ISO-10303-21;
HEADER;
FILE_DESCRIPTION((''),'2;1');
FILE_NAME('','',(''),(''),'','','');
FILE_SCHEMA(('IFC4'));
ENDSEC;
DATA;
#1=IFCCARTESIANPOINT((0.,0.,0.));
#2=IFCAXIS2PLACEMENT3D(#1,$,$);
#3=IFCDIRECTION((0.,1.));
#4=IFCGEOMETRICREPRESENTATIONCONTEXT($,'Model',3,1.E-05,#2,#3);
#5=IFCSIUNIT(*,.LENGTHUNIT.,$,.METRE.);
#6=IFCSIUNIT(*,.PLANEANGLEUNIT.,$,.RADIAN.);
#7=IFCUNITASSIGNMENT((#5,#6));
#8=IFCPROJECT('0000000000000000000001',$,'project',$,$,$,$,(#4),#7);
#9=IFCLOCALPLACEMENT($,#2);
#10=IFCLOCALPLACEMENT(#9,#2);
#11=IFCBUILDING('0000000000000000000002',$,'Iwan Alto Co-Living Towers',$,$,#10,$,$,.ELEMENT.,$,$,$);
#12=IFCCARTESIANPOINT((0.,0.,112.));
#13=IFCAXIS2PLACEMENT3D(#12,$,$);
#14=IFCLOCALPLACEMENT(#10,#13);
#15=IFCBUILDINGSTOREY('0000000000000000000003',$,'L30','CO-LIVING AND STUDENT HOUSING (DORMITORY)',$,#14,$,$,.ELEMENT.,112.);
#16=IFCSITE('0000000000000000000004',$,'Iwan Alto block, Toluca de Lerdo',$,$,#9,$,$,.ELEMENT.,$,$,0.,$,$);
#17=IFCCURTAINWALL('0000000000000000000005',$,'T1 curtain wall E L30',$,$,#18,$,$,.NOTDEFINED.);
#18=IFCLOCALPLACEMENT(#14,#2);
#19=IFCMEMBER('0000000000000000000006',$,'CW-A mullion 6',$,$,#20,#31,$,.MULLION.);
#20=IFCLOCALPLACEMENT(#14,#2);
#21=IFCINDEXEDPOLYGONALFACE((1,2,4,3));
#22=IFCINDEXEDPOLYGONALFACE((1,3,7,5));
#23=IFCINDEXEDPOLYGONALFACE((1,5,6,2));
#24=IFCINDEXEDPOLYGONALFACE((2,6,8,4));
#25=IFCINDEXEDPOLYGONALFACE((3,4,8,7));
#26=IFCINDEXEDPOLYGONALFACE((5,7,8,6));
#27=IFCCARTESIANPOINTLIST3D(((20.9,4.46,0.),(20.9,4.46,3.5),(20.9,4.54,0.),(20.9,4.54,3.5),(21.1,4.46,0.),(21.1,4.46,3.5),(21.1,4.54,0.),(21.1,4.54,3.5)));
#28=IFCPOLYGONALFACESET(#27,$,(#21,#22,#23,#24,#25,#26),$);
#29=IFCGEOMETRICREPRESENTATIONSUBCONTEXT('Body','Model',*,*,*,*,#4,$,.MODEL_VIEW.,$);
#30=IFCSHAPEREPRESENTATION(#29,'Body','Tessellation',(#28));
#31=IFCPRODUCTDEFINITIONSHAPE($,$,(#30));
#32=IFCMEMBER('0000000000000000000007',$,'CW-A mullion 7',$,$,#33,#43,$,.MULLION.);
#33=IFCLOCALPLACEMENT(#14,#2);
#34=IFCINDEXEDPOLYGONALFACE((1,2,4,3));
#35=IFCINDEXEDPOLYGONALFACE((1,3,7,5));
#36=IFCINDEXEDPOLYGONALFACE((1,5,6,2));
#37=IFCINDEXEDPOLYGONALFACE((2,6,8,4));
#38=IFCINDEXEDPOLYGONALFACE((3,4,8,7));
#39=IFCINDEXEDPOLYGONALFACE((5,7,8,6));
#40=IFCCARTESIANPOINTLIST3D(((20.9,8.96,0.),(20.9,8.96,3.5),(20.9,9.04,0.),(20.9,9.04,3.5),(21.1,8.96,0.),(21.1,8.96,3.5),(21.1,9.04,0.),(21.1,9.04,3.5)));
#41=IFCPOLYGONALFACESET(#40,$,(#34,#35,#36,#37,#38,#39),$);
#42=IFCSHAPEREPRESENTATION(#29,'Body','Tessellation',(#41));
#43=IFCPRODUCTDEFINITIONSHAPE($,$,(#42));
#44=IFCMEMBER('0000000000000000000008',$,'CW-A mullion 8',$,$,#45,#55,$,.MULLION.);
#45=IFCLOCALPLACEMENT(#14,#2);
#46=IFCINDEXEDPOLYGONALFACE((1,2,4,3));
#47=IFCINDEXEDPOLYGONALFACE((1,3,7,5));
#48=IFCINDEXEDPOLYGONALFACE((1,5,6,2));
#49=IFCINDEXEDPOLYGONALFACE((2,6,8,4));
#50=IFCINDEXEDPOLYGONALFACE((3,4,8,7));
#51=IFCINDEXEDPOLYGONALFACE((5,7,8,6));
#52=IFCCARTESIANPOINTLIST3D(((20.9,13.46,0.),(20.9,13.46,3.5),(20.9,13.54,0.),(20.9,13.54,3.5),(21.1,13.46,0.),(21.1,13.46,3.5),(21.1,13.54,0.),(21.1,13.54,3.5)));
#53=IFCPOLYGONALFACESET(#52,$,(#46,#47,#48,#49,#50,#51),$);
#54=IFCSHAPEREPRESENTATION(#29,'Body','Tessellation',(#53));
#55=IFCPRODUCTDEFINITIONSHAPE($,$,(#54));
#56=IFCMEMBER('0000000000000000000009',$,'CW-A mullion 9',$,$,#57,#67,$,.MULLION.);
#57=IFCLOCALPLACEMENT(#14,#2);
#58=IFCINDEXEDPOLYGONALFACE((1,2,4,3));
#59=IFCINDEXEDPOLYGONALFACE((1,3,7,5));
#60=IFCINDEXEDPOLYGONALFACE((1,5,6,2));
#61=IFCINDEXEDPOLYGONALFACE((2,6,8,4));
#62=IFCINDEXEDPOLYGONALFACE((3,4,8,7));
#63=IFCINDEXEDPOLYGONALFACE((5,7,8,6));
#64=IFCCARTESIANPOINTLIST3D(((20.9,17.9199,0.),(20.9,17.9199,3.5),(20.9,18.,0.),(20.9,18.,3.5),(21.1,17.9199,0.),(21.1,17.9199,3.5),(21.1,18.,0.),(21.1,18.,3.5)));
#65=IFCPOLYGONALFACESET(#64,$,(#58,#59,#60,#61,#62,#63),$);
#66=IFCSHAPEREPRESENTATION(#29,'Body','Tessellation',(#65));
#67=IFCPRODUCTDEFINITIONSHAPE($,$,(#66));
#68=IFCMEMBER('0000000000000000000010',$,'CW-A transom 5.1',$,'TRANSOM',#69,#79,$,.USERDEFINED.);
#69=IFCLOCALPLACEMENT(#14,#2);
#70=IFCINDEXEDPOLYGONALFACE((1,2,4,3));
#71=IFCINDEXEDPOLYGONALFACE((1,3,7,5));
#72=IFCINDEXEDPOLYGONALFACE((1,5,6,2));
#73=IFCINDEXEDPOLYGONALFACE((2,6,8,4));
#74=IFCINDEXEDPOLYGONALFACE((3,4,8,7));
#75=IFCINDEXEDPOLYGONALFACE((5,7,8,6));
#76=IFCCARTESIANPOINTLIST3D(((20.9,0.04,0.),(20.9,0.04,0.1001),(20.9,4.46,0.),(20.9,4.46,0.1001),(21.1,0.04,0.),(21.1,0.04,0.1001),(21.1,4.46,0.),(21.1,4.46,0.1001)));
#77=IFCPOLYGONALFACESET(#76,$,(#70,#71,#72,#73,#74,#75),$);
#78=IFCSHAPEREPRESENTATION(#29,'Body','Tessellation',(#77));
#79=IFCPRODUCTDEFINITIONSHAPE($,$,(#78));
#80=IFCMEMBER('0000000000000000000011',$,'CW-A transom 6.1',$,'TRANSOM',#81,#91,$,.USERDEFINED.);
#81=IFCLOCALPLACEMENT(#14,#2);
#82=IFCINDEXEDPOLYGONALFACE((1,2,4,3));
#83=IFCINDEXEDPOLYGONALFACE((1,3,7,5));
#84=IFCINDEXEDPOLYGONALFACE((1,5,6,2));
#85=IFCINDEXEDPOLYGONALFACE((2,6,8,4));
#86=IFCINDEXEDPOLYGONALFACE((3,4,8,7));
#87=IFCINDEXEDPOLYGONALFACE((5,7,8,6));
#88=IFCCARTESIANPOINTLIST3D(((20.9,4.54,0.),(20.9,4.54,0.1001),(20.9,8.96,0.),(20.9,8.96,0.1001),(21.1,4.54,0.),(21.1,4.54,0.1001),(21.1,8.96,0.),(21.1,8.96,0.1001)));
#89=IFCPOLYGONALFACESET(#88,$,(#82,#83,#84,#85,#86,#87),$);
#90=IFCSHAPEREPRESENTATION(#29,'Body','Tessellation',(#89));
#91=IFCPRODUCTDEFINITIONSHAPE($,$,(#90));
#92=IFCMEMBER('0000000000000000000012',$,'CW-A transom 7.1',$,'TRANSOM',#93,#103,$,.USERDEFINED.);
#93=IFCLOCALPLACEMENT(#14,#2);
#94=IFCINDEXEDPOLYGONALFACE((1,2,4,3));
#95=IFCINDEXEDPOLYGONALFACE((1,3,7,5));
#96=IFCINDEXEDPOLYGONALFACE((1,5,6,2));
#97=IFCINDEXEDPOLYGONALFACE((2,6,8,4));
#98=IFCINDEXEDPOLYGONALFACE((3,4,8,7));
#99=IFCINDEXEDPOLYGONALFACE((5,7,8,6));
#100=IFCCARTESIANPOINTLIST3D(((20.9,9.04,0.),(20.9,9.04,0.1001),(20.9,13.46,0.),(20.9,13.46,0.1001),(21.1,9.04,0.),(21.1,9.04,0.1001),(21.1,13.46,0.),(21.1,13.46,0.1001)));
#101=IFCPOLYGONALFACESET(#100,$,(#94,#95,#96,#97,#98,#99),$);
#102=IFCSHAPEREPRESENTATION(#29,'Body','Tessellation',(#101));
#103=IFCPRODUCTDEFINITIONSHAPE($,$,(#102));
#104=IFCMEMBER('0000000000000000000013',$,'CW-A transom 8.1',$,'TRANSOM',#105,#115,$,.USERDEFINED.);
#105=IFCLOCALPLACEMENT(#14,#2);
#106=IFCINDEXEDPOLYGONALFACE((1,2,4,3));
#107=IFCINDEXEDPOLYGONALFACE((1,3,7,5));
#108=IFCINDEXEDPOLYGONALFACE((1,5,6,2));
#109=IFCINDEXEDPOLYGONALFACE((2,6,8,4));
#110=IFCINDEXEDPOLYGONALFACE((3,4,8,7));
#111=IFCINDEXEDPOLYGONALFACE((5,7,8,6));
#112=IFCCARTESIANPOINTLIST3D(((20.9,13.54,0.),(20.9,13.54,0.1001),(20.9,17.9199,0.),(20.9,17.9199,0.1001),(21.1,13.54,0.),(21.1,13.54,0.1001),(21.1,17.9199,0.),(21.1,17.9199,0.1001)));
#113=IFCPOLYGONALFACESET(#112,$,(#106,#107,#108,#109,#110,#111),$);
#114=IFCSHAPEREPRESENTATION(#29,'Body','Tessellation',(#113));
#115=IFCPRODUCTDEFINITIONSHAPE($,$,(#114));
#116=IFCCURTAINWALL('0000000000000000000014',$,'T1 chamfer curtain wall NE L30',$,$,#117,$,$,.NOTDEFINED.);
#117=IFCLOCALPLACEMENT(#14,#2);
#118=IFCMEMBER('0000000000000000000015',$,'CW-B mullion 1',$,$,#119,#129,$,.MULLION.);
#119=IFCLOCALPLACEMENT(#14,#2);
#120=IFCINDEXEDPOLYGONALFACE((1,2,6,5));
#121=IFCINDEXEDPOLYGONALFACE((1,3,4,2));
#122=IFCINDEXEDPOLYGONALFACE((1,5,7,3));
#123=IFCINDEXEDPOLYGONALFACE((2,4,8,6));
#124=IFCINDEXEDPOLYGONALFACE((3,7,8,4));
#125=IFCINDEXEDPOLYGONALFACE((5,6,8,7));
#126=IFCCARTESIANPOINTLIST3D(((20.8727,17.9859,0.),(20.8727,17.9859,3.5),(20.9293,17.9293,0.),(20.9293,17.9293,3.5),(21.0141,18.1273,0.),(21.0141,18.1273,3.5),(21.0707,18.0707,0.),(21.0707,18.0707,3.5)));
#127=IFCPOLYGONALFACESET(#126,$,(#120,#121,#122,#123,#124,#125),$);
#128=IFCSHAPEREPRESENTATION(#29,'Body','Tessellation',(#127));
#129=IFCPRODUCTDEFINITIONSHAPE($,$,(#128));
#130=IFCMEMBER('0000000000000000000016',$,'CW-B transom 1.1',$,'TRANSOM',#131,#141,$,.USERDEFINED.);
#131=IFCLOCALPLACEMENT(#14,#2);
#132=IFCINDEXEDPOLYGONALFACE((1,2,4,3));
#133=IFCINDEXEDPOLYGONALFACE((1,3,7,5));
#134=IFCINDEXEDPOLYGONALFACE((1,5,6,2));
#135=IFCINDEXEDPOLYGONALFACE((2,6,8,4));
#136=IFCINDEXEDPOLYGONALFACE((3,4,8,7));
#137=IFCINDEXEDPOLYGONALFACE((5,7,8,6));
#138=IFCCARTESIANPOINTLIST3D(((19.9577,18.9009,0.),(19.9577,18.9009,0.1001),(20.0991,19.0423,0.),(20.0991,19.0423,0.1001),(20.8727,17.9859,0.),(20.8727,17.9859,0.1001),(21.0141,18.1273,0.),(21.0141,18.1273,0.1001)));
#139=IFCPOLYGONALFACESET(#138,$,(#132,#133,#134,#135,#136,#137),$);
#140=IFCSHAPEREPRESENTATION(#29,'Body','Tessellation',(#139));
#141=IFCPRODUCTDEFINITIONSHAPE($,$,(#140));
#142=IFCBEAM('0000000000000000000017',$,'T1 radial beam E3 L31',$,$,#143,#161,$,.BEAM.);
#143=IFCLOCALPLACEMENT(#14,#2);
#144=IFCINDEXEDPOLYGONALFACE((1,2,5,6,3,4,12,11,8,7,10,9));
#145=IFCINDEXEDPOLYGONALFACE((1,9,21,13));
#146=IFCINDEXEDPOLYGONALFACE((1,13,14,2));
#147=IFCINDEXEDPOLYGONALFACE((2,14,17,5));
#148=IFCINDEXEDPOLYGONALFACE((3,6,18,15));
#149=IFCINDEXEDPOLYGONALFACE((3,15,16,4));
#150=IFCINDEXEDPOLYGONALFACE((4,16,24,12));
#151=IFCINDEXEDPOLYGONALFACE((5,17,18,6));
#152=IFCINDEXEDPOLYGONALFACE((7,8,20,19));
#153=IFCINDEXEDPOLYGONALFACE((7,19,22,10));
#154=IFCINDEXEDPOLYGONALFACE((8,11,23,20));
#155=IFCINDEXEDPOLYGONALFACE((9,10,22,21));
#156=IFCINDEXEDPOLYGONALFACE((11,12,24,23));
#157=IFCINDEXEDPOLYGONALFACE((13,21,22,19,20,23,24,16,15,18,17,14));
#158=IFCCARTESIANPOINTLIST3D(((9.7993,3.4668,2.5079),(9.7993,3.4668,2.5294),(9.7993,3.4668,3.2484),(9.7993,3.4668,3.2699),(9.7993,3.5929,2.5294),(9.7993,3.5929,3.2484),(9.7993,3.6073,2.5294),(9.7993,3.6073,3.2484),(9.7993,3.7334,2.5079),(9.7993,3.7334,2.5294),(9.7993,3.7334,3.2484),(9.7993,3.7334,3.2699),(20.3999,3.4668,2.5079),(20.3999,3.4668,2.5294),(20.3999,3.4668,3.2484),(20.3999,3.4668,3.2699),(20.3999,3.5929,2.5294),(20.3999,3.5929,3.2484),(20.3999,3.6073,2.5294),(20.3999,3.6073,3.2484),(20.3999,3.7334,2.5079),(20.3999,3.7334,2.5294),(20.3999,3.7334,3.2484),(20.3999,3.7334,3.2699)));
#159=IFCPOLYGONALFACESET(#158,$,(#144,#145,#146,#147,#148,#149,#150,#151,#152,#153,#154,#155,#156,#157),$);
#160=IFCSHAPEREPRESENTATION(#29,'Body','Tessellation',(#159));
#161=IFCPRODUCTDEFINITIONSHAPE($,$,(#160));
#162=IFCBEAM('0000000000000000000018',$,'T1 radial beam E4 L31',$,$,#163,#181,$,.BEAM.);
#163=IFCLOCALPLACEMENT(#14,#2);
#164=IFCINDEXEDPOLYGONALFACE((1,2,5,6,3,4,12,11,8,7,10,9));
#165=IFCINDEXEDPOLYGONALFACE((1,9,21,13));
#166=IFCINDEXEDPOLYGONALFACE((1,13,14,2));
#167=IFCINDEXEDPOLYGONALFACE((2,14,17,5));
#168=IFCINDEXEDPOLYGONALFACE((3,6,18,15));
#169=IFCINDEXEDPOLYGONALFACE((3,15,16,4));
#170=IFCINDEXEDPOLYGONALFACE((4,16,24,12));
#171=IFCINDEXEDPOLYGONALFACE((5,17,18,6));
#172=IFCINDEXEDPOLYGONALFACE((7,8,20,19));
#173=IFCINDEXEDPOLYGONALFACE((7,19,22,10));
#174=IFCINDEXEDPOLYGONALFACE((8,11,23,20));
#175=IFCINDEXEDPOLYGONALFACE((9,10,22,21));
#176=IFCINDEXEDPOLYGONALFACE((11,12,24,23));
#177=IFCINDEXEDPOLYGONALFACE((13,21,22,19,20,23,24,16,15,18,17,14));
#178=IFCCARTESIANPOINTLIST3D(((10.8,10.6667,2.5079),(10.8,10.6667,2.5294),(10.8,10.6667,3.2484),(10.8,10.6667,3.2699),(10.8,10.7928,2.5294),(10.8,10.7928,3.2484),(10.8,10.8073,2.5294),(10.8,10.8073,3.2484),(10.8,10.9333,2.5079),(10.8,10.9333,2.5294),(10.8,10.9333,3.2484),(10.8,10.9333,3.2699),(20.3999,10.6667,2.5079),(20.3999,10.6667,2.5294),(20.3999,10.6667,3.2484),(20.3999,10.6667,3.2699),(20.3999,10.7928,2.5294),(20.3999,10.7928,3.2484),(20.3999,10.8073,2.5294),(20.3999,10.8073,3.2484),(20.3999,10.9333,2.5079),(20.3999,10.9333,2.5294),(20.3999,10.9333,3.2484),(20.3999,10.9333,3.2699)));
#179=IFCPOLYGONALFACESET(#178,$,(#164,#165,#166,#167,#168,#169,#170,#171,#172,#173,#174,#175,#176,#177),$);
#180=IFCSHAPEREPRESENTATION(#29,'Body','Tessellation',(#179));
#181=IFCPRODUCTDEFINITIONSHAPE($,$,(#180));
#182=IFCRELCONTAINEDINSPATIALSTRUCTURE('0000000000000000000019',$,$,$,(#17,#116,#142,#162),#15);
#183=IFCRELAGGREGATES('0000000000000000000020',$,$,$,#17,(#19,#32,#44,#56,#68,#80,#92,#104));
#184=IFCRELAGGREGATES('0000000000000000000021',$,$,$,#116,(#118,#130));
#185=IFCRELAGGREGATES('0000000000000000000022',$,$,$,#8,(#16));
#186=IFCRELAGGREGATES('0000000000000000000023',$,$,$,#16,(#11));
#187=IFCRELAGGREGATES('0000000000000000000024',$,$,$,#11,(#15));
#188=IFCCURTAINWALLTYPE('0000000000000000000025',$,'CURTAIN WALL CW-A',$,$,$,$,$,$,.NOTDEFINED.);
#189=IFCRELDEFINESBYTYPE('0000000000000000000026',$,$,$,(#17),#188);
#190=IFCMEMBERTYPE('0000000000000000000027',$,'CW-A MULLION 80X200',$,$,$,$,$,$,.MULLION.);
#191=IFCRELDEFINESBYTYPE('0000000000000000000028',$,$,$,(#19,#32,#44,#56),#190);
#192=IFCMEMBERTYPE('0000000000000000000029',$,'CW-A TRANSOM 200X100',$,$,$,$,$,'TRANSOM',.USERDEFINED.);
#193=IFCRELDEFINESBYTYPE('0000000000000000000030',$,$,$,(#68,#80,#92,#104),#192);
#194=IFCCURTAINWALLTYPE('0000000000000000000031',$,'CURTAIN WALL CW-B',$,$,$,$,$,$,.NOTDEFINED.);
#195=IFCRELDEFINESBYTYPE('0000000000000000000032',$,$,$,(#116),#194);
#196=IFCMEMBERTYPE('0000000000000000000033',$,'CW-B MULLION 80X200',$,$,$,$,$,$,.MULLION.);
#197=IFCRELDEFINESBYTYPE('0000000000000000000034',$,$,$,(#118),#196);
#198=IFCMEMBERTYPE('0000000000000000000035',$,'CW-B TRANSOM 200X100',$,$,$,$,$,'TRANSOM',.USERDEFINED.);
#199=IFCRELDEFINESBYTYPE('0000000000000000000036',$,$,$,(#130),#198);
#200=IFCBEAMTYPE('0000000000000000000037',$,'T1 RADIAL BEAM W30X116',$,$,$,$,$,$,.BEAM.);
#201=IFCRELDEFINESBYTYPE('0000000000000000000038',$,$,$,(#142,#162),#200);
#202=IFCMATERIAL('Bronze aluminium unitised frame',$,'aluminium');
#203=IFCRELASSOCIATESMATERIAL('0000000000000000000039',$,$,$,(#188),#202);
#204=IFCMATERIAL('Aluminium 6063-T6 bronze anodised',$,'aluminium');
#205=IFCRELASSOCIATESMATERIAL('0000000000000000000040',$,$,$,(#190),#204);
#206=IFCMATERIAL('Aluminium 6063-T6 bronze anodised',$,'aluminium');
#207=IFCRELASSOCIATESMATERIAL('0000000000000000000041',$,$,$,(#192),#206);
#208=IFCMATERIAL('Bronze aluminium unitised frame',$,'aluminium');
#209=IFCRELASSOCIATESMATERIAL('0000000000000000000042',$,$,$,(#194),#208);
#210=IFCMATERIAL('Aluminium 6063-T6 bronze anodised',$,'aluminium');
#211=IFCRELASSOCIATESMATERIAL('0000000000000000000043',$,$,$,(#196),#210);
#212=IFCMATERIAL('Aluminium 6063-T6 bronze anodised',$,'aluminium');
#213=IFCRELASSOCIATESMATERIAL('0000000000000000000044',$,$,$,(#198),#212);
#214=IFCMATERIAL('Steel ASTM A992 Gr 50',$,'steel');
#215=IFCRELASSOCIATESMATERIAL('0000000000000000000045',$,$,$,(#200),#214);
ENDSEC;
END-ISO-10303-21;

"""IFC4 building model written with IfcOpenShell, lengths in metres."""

from ifc_helpers import new_model, si_unit, direction, frame, origin, origin_2d, place, context, subcontext, project, spatial, rectangle, i_section, extrude, material, material_profile, profile_set, type_object, element, aggregate, save


model = new_model("IFC4")

# Units and contexts
model_context = context("Model", 3, precision=1e-05, world=origin(), true_north=direction((0.0, 1.0)))
body_context = subcontext(model_context, "Body", "Model", "MODEL_VIEW")
ifc_project = project(units=[si_unit("LENGTHUNIT", "METRE"), si_unit("PLANEANGLEUNIT", "RADIAN")], contexts=[model_context])

# Site, building, storey
site_placement = place(None, origin())
site = spatial("IfcSite", under=ifc_project, at=site_placement, Name="Iwan Alto block, Toluca de Lerdo", CompositionType="ELEMENT", RefElevation=0.0)
building_placement = place(site_placement, origin())
building = spatial("IfcBuilding", under=site, at=building_placement, Name="Iwan Alto Co-Living Towers", CompositionType="ELEMENT")
storey_placement = place(building_placement, frame((0.0, 0.0, 112.0)))
storey = spatial("IfcBuildingStorey", under=building, at=storey_placement, Name="L30", Description="CO-LIVING AND STUDENT HOUSING (DORMITORY)", CompositionType="ELEMENT", Elevation=112.0)

# Curtain walls, members
ifc_material_1 = material(Name="Bronze aluminium unitised frame", Category="aluminium")
curtain_wall_type_1 = type_object("IfcCurtainWallType", Name="CURTAIN WALL CW-A", PredefinedType="NOTDEFINED", material=ifc_material_1)
curtain_wall_1_placement = place(storey_placement, origin())
curtain_wall_1 = element("IfcCurtainWall", 1, at=curtain_wall_1_placement, inside=storey, type_object=curtain_wall_type_1, Name="T1 curtain wall E L30", PredefinedType="NOTDEFINED")
ifc_material_2 = material(Name="Aluminium 6063-T6 bronze anodised", Category="aluminium")
ifc_material_profile_1 = material_profile(ifc_material_2, rectangle(XDim=0.2, YDim=0.0801, at=origin_2d()), Name="AL 80X200")
ifc_profile_set_1 = profile_set([ifc_material_profile_1], Name="Aluminium 6063-T6 bronze anodised")
member_type_1 = type_object("IfcMemberType", Name="CW-A MULLION 80X200", PredefinedType="MULLION", material=ifc_profile_set_1)
member_1_placement = place(storey_placement, frame((21.0, 4.5, 0.0), z_axis=(0.0, 0.0, 1.0), x_axis=(-1.0, 0.0, 0.0)))
member_1 = element("IfcMember", 2, at=member_1_placement, type_object=member_type_1, Name="CW-A mullion 6", PredefinedType="MULLION", context=body_context, shape_type="SweptSolid", body=[
    extrude(rectangle(XDim=0.2, YDim=0.0801, at=origin_2d()), origin(), (0.0, 0.0, 1.0), 3.5),
])
member_2_placement = place(storey_placement, frame((21.0, 9.0, 0.0), z_axis=(0.0, 0.0, 1.0), x_axis=(-1.0, 0.0, 0.0)))
member_2 = element("IfcMember", 3, at=member_2_placement, type_object=member_type_1, Name="CW-A mullion 7", PredefinedType="MULLION", context=body_context, shape_type="SweptSolid", body=[
    extrude(rectangle(XDim=0.2, YDim=0.0801, at=origin_2d()), origin(), (0.0, 0.0, 1.0), 3.5),
])
member_3_placement = place(storey_placement, frame((21.0, 13.5, 0.0), z_axis=(0.0, 0.0, 1.0), x_axis=(-1.0, 0.0, 0.0)))
member_3 = element("IfcMember", 4, at=member_3_placement, type_object=member_type_1, Name="CW-A mullion 8", PredefinedType="MULLION", context=body_context, shape_type="SweptSolid", body=[
    extrude(rectangle(XDim=0.2, YDim=0.0801, at=origin_2d()), origin(), (0.0, 0.0, 1.0), 3.5),
])
member_4_placement = place(storey_placement, frame((21.0, 17.96, 0.0), z_axis=(0.0, 0.0, 1.0), x_axis=(-1.0, 0.0, 0.0)))
member_4 = element("IfcMember", 5, at=member_4_placement, type_object=member_type_1, Name="CW-A mullion 9", PredefinedType="MULLION", context=body_context, shape_type="SweptSolid", body=[
    extrude(rectangle(XDim=0.2, YDim=0.0801, at=origin_2d()), origin(), (0.0, 0.0, 1.0), 3.5),
])
ifc_material_3 = material(Name="Aluminium 6063-T6 bronze anodised", Category="aluminium")
ifc_material_profile_2 = material_profile(ifc_material_3, rectangle(XDim=0.2, YDim=0.1001, at=origin_2d()), Name="AL 200X100")
ifc_profile_set_2 = profile_set([ifc_material_profile_2], Name="Aluminium 6063-T6 bronze anodised")
member_type_2 = type_object("IfcMemberType", Name="CW-A TRANSOM 200X100", ElementType="TRANSOM", PredefinedType="USERDEFINED", material=ifc_profile_set_2)
member_5_placement = place(storey_placement, frame((21.0, 0.04, 0.05), z_axis=(0.0, 1.0, 0.0), x_axis=(-1.0, 0.0, 0.0)))
member_5 = element("IfcMember", 6, at=member_5_placement, type_object=member_type_2, Name="CW-A transom 5.1", ObjectType="TRANSOM", PredefinedType="USERDEFINED", context=body_context, shape_type="SweptSolid", body=[
    extrude(rectangle(XDim=0.2, YDim=0.1001, at=origin_2d()), origin(), (0.0, 0.0, 1.0), 4.4199),
])
member_6_placement = place(storey_placement, frame((21.0, 4.54, 0.05), z_axis=(0.0, 1.0, 0.0), x_axis=(-1.0, 0.0, 0.0)))
member_6 = element("IfcMember", 7, at=member_6_placement, type_object=member_type_2, Name="CW-A transom 6.1", ObjectType="TRANSOM", PredefinedType="USERDEFINED", context=body_context, shape_type="SweptSolid", body=[
    extrude(rectangle(XDim=0.2, YDim=0.1001, at=origin_2d()), origin(), (0.0, 0.0, 1.0), 4.4199),
])
member_7_placement = place(storey_placement, frame((21.0, 9.04, 0.05), z_axis=(0.0, 1.0, 0.0), x_axis=(-1.0, 0.0, 0.0)))
member_7 = element("IfcMember", 8, at=member_7_placement, type_object=member_type_2, Name="CW-A transom 7.1", ObjectType="TRANSOM", PredefinedType="USERDEFINED", context=body_context, shape_type="SweptSolid", body=[
    extrude(rectangle(XDim=0.2, YDim=0.1001, at=origin_2d()), origin(), (0.0, 0.0, 1.0), 4.4199),
])
member_8_placement = place(storey_placement, frame((21.0, 13.54, 0.05), z_axis=(0.0, 1.0, 0.0), x_axis=(-1.0, 0.0, 0.0)))
member_8 = element("IfcMember", 9, at=member_8_placement, type_object=member_type_2, Name="CW-A transom 8.1", ObjectType="TRANSOM", PredefinedType="USERDEFINED", context=body_context, shape_type="SweptSolid", body=[
    extrude(rectangle(XDim=0.2, YDim=0.1001, at=origin_2d()), origin(), (0.0, 0.0, 1.0), 4.3799),
])
ifc_material_4 = material(Name="Bronze aluminium unitised frame", Category="aluminium")
curtain_wall_type_2 = type_object("IfcCurtainWallType", Name="CURTAIN WALL CW-B", PredefinedType="NOTDEFINED", material=ifc_material_4)
curtain_wall_2_placement = place(storey_placement, origin())
curtain_wall_2 = element("IfcCurtainWall", 10, at=curtain_wall_2_placement, inside=storey, type_object=curtain_wall_type_2, Name="T1 chamfer curtain wall NE L30", PredefinedType="NOTDEFINED")
ifc_material_5 = material(Name="Aluminium 6063-T6 bronze anodised", Category="aluminium")
ifc_material_profile_3 = material_profile(ifc_material_5, rectangle(XDim=0.2, YDim=0.0801, at=origin_2d()), Name="AL 80X200")
ifc_profile_set_3 = profile_set([ifc_material_profile_3], Name="Aluminium 6063-T6 bronze anodised")
member_type_3 = type_object("IfcMemberType", Name="CW-B MULLION 80X200", PredefinedType="MULLION", material=ifc_profile_set_3)
member_9_placement = place(storey_placement, frame((20.9717, 18.0283, 0.0), z_axis=(0.0, 0.0, 1.0), x_axis=(-0.707107, -0.707107, 0.0)))
member_9 = element("IfcMember", 11, at=member_9_placement, type_object=member_type_3, Name="CW-B mullion 1", PredefinedType="MULLION", context=body_context, shape_type="SweptSolid", body=[
    extrude(rectangle(XDim=0.2, YDim=0.0801, at=origin_2d()), origin(), (0.0, 0.0, 1.0), 3.5),
])
ifc_material_6 = material(Name="Aluminium 6063-T6 bronze anodised", Category="aluminium")
ifc_material_profile_4 = material_profile(ifc_material_6, rectangle(XDim=0.2, YDim=0.1001, at=origin_2d()), Name="AL 200X100")
ifc_profile_set_4 = profile_set([ifc_material_profile_4], Name="Aluminium 6063-T6 bronze anodised")
member_type_4 = type_object("IfcMemberType", Name="CW-B TRANSOM 200X100", ElementType="TRANSOM", PredefinedType="USERDEFINED", material=ifc_profile_set_4)
member_10_placement = place(storey_placement, frame((20.9434, 18.0566, 0.05), z_axis=(-0.707107, 0.707107, 0.0), x_axis=(-0.707107, -0.707107, 0.0)))
member_10 = element("IfcMember", 12, at=member_10_placement, type_object=member_type_4, Name="CW-B transom 1.1", ObjectType="TRANSOM", PredefinedType="USERDEFINED", context=body_context, shape_type="SweptSolid", body=[
    extrude(rectangle(XDim=0.2, YDim=0.1001, at=origin_2d()), origin(), (0.0, 0.0, 1.0), 1.2939),
])

# Beams
ifc_material_7 = material(Name="Steel ASTM A992 Gr 50", Category="steel")
ifc_material_profile_5 = material_profile(ifc_material_7, i_section(OverallWidth=0.2666, OverallDepth=0.762, WebThickness=0.0144, FlangeThickness=0.0215, at=origin_2d()), Name="W30X116")
ifc_profile_set_5 = profile_set([ifc_material_profile_5], Name="Steel ASTM A992 Gr 50")
beam_type_1 = type_object("IfcBeamType", Name="T1 RADIAL BEAM W30X116", PredefinedType="BEAM", material=ifc_profile_set_5)
beam_1_placement = place(storey_placement, frame((20.3999, 3.6001, 2.8889), z_axis=(-1.0, 0.0, 0.0), x_axis=(0.0, -1.0, 0.0)))
element("IfcBeam", 13, at=beam_1_placement, inside=storey, type_object=beam_type_1, Name="T1 radial beam E3 L31", PredefinedType="BEAM", context=body_context, shape_type="SweptSolid", body=[
    extrude(i_section(OverallWidth=0.2666, OverallDepth=0.762, WebThickness=0.0144, FlangeThickness=0.0215, at=origin_2d()), origin(), (0.0, 0.0, 1.0), 10.6006),
])
beam_2_placement = place(storey_placement, frame((20.3999, 10.8, 2.8889), z_axis=(-1.0, 0.0, 0.0), x_axis=(0.0, -1.0, 0.0)))
element("IfcBeam", 14, at=beam_2_placement, inside=storey, type_object=beam_type_1, Name="T1 radial beam E4 L31", PredefinedType="BEAM", context=body_context, shape_type="SweptSolid", body=[
    extrude(i_section(OverallWidth=0.2666, OverallDepth=0.762, WebThickness=0.0144, FlangeThickness=0.0215, at=origin_2d()), origin(), (0.0, 0.0, 1.0), 9.5999),
])

aggregate(curtain_wall_1, [member_1, member_2, member_3, member_4, member_5, member_6, member_7, member_8])
aggregate(curtain_wall_2, [member_9, member_10])

save(model, "model.ifc")
